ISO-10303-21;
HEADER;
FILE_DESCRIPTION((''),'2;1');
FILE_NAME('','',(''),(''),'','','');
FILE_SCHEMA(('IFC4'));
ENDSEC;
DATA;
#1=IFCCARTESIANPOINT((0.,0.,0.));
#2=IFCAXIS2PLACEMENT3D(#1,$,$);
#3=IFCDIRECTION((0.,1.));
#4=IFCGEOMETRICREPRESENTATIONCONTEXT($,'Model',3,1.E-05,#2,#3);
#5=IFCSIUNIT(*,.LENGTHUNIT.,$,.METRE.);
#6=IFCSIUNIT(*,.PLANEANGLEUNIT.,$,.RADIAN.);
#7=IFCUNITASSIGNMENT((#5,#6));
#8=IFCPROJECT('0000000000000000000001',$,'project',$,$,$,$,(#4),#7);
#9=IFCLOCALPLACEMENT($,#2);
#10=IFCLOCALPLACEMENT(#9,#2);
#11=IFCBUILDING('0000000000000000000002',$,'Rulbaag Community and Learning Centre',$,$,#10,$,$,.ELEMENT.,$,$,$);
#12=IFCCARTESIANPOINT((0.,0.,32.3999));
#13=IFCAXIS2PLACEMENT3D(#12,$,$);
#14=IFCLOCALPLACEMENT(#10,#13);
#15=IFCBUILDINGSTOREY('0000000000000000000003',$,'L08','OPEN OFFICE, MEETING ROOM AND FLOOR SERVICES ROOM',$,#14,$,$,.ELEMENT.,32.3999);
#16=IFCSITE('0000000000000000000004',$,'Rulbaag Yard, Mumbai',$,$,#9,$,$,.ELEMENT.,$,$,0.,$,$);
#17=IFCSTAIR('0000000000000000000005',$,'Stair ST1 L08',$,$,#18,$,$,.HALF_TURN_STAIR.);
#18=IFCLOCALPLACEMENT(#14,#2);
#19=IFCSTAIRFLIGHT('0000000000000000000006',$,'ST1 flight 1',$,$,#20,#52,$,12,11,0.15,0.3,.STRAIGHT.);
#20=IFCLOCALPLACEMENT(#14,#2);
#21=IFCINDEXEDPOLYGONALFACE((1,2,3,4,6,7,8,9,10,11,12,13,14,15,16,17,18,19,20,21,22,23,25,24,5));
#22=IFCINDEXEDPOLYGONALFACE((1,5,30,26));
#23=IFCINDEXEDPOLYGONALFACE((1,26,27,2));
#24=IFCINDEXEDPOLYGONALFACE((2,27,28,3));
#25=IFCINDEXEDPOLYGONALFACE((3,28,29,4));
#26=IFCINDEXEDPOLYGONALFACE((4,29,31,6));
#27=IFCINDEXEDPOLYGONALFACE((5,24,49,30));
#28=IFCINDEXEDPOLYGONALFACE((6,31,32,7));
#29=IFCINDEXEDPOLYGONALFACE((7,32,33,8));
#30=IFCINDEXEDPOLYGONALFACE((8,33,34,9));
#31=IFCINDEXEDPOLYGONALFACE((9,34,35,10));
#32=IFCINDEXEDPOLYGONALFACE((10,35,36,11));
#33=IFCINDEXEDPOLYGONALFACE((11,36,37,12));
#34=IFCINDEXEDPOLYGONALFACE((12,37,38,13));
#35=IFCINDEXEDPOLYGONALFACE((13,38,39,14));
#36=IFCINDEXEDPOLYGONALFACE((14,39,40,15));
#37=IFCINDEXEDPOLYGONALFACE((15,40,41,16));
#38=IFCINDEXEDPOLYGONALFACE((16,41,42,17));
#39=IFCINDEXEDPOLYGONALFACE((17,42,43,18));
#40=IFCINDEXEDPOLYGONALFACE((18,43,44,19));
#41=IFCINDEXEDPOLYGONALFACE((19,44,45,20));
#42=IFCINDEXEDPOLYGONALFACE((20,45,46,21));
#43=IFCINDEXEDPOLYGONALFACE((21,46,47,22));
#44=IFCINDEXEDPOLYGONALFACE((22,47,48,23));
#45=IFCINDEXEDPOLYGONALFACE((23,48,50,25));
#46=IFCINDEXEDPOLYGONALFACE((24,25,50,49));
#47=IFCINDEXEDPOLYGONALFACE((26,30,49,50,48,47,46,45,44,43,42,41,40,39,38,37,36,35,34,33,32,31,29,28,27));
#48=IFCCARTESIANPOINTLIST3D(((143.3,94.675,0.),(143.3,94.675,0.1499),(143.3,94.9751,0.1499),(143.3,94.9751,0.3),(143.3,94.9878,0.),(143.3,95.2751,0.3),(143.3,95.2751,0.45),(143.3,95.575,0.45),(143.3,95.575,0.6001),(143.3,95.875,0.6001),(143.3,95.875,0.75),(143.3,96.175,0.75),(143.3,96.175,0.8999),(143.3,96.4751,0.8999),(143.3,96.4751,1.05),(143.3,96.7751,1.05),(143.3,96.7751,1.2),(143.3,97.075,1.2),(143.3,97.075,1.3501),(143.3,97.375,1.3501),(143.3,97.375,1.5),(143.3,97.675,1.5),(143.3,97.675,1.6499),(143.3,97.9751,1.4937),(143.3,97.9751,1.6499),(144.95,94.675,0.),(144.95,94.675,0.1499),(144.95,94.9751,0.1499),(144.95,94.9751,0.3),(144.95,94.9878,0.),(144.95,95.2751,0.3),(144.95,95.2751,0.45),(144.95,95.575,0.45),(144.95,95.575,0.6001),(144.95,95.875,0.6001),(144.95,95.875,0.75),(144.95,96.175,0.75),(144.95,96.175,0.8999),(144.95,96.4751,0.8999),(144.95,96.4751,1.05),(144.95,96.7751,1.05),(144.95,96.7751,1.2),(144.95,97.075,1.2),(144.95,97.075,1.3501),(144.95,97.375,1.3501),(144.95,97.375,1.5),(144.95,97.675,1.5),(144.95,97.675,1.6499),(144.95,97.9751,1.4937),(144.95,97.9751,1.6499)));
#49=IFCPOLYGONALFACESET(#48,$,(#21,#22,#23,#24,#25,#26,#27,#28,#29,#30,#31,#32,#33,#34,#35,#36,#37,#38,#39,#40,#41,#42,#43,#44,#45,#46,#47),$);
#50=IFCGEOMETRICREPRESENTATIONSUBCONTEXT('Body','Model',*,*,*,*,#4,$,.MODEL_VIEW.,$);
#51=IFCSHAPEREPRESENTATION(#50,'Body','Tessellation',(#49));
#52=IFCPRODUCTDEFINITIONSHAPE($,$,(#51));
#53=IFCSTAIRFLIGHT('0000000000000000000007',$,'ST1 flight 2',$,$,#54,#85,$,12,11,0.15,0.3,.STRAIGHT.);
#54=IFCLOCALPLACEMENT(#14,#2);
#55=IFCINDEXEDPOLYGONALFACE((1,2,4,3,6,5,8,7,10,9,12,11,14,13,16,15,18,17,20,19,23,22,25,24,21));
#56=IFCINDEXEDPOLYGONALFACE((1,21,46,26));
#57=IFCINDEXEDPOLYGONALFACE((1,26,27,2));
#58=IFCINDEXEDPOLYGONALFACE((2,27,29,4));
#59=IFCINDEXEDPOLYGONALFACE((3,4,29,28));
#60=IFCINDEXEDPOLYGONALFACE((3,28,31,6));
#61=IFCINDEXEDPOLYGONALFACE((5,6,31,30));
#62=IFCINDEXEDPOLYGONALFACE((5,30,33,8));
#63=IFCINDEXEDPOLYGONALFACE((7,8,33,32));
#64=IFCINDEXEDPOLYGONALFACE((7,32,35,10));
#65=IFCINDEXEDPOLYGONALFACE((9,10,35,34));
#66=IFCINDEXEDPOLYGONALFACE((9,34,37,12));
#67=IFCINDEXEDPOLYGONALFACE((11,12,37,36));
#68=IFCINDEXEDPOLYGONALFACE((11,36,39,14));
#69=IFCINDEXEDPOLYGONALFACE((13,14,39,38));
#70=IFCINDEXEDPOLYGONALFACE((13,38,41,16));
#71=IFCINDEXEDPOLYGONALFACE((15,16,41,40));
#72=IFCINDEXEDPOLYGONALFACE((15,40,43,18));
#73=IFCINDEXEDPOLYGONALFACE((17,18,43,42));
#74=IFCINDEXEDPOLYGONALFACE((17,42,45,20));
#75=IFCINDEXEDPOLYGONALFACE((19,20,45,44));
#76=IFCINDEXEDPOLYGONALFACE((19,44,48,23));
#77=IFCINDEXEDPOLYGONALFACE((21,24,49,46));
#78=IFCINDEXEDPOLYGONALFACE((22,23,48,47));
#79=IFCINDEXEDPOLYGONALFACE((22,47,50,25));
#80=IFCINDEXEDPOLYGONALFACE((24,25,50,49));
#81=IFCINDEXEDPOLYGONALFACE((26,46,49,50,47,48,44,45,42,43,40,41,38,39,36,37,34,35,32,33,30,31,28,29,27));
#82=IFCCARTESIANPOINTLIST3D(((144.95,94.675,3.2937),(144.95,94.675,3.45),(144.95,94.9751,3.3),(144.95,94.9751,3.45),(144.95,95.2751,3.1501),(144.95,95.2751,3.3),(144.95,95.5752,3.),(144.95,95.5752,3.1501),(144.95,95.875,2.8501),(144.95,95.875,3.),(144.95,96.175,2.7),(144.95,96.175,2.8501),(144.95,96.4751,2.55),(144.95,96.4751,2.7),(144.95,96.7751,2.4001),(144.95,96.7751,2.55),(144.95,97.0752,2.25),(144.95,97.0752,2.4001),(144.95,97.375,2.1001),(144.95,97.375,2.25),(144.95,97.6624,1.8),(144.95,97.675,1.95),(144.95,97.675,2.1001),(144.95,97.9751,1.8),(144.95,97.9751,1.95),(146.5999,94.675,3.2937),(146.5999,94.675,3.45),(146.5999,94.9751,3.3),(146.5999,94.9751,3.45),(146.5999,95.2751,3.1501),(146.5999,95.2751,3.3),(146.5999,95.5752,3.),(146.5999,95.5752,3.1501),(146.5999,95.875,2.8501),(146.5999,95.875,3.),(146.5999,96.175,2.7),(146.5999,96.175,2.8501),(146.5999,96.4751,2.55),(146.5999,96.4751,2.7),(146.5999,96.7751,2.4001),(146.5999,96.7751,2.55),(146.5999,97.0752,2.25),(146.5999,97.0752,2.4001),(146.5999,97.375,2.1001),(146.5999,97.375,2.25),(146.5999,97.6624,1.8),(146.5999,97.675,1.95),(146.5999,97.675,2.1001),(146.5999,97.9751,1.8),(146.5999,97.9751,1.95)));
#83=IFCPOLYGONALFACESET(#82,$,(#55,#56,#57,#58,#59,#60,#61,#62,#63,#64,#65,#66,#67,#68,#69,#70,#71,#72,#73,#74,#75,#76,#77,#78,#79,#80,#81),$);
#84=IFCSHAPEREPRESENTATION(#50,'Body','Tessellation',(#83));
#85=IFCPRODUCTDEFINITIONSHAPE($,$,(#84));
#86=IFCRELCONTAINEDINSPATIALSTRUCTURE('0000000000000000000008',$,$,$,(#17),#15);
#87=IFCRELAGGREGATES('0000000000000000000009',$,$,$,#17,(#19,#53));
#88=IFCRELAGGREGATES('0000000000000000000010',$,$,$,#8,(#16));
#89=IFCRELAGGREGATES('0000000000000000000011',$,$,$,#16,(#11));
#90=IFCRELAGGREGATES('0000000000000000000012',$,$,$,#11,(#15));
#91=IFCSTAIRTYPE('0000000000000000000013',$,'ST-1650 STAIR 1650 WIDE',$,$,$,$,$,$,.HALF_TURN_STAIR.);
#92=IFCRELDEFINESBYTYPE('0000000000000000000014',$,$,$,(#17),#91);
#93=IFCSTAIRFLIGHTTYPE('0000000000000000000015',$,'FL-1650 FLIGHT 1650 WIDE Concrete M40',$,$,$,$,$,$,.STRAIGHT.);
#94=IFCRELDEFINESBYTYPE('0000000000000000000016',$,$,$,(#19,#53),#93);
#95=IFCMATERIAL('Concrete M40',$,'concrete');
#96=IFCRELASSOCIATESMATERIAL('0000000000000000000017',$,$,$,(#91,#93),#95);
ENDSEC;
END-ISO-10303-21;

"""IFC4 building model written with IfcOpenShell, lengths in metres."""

from ifc_helpers import new_model, si_unit, direction, frame, origin, place, context, subcontext, project, spatial, polyline, outline, extrude, material, type_object, element, aggregate, save


model = new_model("IFC4")

# Units and contexts
model_context = context("Model", 3, precision=1e-05, world=origin(), true_north=direction((0.0, 1.0)))
body_context = subcontext(model_context, "Body", "Model", "MODEL_VIEW")
ifc_project = project(units=[si_unit("LENGTHUNIT", "METRE"), si_unit("PLANEANGLEUNIT", "RADIAN")], contexts=[model_context])

# Site, building, storey
site_placement = place(None, origin())
site = spatial("IfcSite", under=ifc_project, at=site_placement, Name="Rulbaag Yard, Mumbai", CompositionType="ELEMENT", RefElevation=0.0)
building_placement = place(site_placement, origin())
building = spatial("IfcBuilding", under=site, at=building_placement, Name="Rulbaag Community and Learning Centre", CompositionType="ELEMENT")
storey_placement = place(building_placement, frame((0.0, 0.0, 32.3999)))
storey = spatial("IfcBuildingStorey", under=building, at=storey_placement, Name="L08", Description="OPEN OFFICE, MEETING ROOM AND FLOOR SERVICES ROOM", CompositionType="ELEMENT", Elevation=32.3999)

# Shared definitions
ifc_material_1 = material(Name="Concrete M40", Category="concrete")

# Stair, stair flights
stair_type = type_object("IfcStairType", Name="ST-1650 STAIR 1650 WIDE", PredefinedType="HALF_TURN_STAIR", material=ifc_material_1)
stair_placement = place(storey_placement, origin())
stair = element("IfcStair", 1, at=stair_placement, inside=storey, type_object=stair_type, Name="Stair ST1 L08", PredefinedType="HALF_TURN_STAIR")
stair_flight_type = type_object("IfcStairFlightType", Name="FL-1650 FLIGHT 1650 WIDE Concrete M40", PredefinedType="STRAIGHT", material=ifc_material_1)
stair_flight_1_placement = place(storey_placement, frame((144.125, 94.675, 0.0), z_axis=(0.0, 0.0, 1.0), x_axis=(0.0, 1.0, 0.0)))
stair_flight_1 = element("IfcStairFlight", 2, at=stair_flight_1_placement, type_object=stair_flight_type, Name="ST1 flight 1", NumberOfRisers=12, NumberOfTreads=11, PredefinedType="STRAIGHT", RiserHeight=0.15, TreadLength=0.3, context=body_context, shape_type="SweptSolid", body=[
    extrude(outline(polyline([(0.0, 0.0), (0.0, 0.1499), (0.3, 0.1499), (0.3, 0.3), (0.6001, 0.3), (0.6001, 0.45), (0.8999, 0.45), (0.8999, 0.6001), (1.2, 0.6001), (1.2, 0.75), (1.5, 0.75), (1.5, 0.8999), (1.8, 0.8999), (1.8, 1.05), (2.1001, 1.05), (2.1001, 1.2), (2.3999, 1.2), (2.3999, 1.3501), (2.7, 1.3501), (2.7, 1.5), (3.0, 1.5), (3.0, 1.6499), (3.3, 1.6499), (3.3, 1.4937), (0.3127, 0.0), (0.0, 0.0)])), frame((0.0, 0.825, 0.0), z_axis=(0.0, -1.0, 0.0), x_axis=(1.0, 0.0, 0.0)), (0.0, 0.0, 1.0), 1.6499),
])
stair_flight_2_placement = place(storey_placement, frame((145.7749, 97.9751, 1.8), z_axis=(0.0, 0.0, 1.0), x_axis=(0.0, -1.0, 0.0)))
stair_flight_2 = element("IfcStairFlight", 3, at=stair_flight_2_placement, type_object=stair_flight_type, Name="ST1 flight 2", NumberOfRisers=12, NumberOfTreads=11, PredefinedType="STRAIGHT", RiserHeight=0.15, TreadLength=0.3, context=body_context, shape_type="SweptSolid", body=[
    extrude(outline(polyline([(0.0, 0.0), (0.0, 0.1499), (0.3, 0.1499), (0.3, 0.3), (0.6001, 0.3), (0.6001, 0.45), (0.8999, 0.45), (0.8999, 0.6001), (1.2, 0.6001), (1.2, 0.75), (1.5, 0.75), (1.5, 0.8999), (1.8, 0.8999), (1.8, 1.05), (2.1001, 1.05), (2.1001, 1.2), (2.3999, 1.2), (2.3999, 1.3501), (2.7, 1.3501), (2.7, 1.5), (3.0, 1.5), (3.0, 1.6499), (3.3, 1.6499), (3.3, 1.4937), (0.3127, 0.0), (0.0, 0.0)])), frame((0.0, 0.825, 0.0), z_axis=(0.0, -1.0, 0.0), x_axis=(1.0, 0.0, 0.0)), (0.0, 0.0, 1.0), 1.6499),
])
aggregate(stair, [stair_flight_1, stair_flight_2])

save(model, "model.ifc")
